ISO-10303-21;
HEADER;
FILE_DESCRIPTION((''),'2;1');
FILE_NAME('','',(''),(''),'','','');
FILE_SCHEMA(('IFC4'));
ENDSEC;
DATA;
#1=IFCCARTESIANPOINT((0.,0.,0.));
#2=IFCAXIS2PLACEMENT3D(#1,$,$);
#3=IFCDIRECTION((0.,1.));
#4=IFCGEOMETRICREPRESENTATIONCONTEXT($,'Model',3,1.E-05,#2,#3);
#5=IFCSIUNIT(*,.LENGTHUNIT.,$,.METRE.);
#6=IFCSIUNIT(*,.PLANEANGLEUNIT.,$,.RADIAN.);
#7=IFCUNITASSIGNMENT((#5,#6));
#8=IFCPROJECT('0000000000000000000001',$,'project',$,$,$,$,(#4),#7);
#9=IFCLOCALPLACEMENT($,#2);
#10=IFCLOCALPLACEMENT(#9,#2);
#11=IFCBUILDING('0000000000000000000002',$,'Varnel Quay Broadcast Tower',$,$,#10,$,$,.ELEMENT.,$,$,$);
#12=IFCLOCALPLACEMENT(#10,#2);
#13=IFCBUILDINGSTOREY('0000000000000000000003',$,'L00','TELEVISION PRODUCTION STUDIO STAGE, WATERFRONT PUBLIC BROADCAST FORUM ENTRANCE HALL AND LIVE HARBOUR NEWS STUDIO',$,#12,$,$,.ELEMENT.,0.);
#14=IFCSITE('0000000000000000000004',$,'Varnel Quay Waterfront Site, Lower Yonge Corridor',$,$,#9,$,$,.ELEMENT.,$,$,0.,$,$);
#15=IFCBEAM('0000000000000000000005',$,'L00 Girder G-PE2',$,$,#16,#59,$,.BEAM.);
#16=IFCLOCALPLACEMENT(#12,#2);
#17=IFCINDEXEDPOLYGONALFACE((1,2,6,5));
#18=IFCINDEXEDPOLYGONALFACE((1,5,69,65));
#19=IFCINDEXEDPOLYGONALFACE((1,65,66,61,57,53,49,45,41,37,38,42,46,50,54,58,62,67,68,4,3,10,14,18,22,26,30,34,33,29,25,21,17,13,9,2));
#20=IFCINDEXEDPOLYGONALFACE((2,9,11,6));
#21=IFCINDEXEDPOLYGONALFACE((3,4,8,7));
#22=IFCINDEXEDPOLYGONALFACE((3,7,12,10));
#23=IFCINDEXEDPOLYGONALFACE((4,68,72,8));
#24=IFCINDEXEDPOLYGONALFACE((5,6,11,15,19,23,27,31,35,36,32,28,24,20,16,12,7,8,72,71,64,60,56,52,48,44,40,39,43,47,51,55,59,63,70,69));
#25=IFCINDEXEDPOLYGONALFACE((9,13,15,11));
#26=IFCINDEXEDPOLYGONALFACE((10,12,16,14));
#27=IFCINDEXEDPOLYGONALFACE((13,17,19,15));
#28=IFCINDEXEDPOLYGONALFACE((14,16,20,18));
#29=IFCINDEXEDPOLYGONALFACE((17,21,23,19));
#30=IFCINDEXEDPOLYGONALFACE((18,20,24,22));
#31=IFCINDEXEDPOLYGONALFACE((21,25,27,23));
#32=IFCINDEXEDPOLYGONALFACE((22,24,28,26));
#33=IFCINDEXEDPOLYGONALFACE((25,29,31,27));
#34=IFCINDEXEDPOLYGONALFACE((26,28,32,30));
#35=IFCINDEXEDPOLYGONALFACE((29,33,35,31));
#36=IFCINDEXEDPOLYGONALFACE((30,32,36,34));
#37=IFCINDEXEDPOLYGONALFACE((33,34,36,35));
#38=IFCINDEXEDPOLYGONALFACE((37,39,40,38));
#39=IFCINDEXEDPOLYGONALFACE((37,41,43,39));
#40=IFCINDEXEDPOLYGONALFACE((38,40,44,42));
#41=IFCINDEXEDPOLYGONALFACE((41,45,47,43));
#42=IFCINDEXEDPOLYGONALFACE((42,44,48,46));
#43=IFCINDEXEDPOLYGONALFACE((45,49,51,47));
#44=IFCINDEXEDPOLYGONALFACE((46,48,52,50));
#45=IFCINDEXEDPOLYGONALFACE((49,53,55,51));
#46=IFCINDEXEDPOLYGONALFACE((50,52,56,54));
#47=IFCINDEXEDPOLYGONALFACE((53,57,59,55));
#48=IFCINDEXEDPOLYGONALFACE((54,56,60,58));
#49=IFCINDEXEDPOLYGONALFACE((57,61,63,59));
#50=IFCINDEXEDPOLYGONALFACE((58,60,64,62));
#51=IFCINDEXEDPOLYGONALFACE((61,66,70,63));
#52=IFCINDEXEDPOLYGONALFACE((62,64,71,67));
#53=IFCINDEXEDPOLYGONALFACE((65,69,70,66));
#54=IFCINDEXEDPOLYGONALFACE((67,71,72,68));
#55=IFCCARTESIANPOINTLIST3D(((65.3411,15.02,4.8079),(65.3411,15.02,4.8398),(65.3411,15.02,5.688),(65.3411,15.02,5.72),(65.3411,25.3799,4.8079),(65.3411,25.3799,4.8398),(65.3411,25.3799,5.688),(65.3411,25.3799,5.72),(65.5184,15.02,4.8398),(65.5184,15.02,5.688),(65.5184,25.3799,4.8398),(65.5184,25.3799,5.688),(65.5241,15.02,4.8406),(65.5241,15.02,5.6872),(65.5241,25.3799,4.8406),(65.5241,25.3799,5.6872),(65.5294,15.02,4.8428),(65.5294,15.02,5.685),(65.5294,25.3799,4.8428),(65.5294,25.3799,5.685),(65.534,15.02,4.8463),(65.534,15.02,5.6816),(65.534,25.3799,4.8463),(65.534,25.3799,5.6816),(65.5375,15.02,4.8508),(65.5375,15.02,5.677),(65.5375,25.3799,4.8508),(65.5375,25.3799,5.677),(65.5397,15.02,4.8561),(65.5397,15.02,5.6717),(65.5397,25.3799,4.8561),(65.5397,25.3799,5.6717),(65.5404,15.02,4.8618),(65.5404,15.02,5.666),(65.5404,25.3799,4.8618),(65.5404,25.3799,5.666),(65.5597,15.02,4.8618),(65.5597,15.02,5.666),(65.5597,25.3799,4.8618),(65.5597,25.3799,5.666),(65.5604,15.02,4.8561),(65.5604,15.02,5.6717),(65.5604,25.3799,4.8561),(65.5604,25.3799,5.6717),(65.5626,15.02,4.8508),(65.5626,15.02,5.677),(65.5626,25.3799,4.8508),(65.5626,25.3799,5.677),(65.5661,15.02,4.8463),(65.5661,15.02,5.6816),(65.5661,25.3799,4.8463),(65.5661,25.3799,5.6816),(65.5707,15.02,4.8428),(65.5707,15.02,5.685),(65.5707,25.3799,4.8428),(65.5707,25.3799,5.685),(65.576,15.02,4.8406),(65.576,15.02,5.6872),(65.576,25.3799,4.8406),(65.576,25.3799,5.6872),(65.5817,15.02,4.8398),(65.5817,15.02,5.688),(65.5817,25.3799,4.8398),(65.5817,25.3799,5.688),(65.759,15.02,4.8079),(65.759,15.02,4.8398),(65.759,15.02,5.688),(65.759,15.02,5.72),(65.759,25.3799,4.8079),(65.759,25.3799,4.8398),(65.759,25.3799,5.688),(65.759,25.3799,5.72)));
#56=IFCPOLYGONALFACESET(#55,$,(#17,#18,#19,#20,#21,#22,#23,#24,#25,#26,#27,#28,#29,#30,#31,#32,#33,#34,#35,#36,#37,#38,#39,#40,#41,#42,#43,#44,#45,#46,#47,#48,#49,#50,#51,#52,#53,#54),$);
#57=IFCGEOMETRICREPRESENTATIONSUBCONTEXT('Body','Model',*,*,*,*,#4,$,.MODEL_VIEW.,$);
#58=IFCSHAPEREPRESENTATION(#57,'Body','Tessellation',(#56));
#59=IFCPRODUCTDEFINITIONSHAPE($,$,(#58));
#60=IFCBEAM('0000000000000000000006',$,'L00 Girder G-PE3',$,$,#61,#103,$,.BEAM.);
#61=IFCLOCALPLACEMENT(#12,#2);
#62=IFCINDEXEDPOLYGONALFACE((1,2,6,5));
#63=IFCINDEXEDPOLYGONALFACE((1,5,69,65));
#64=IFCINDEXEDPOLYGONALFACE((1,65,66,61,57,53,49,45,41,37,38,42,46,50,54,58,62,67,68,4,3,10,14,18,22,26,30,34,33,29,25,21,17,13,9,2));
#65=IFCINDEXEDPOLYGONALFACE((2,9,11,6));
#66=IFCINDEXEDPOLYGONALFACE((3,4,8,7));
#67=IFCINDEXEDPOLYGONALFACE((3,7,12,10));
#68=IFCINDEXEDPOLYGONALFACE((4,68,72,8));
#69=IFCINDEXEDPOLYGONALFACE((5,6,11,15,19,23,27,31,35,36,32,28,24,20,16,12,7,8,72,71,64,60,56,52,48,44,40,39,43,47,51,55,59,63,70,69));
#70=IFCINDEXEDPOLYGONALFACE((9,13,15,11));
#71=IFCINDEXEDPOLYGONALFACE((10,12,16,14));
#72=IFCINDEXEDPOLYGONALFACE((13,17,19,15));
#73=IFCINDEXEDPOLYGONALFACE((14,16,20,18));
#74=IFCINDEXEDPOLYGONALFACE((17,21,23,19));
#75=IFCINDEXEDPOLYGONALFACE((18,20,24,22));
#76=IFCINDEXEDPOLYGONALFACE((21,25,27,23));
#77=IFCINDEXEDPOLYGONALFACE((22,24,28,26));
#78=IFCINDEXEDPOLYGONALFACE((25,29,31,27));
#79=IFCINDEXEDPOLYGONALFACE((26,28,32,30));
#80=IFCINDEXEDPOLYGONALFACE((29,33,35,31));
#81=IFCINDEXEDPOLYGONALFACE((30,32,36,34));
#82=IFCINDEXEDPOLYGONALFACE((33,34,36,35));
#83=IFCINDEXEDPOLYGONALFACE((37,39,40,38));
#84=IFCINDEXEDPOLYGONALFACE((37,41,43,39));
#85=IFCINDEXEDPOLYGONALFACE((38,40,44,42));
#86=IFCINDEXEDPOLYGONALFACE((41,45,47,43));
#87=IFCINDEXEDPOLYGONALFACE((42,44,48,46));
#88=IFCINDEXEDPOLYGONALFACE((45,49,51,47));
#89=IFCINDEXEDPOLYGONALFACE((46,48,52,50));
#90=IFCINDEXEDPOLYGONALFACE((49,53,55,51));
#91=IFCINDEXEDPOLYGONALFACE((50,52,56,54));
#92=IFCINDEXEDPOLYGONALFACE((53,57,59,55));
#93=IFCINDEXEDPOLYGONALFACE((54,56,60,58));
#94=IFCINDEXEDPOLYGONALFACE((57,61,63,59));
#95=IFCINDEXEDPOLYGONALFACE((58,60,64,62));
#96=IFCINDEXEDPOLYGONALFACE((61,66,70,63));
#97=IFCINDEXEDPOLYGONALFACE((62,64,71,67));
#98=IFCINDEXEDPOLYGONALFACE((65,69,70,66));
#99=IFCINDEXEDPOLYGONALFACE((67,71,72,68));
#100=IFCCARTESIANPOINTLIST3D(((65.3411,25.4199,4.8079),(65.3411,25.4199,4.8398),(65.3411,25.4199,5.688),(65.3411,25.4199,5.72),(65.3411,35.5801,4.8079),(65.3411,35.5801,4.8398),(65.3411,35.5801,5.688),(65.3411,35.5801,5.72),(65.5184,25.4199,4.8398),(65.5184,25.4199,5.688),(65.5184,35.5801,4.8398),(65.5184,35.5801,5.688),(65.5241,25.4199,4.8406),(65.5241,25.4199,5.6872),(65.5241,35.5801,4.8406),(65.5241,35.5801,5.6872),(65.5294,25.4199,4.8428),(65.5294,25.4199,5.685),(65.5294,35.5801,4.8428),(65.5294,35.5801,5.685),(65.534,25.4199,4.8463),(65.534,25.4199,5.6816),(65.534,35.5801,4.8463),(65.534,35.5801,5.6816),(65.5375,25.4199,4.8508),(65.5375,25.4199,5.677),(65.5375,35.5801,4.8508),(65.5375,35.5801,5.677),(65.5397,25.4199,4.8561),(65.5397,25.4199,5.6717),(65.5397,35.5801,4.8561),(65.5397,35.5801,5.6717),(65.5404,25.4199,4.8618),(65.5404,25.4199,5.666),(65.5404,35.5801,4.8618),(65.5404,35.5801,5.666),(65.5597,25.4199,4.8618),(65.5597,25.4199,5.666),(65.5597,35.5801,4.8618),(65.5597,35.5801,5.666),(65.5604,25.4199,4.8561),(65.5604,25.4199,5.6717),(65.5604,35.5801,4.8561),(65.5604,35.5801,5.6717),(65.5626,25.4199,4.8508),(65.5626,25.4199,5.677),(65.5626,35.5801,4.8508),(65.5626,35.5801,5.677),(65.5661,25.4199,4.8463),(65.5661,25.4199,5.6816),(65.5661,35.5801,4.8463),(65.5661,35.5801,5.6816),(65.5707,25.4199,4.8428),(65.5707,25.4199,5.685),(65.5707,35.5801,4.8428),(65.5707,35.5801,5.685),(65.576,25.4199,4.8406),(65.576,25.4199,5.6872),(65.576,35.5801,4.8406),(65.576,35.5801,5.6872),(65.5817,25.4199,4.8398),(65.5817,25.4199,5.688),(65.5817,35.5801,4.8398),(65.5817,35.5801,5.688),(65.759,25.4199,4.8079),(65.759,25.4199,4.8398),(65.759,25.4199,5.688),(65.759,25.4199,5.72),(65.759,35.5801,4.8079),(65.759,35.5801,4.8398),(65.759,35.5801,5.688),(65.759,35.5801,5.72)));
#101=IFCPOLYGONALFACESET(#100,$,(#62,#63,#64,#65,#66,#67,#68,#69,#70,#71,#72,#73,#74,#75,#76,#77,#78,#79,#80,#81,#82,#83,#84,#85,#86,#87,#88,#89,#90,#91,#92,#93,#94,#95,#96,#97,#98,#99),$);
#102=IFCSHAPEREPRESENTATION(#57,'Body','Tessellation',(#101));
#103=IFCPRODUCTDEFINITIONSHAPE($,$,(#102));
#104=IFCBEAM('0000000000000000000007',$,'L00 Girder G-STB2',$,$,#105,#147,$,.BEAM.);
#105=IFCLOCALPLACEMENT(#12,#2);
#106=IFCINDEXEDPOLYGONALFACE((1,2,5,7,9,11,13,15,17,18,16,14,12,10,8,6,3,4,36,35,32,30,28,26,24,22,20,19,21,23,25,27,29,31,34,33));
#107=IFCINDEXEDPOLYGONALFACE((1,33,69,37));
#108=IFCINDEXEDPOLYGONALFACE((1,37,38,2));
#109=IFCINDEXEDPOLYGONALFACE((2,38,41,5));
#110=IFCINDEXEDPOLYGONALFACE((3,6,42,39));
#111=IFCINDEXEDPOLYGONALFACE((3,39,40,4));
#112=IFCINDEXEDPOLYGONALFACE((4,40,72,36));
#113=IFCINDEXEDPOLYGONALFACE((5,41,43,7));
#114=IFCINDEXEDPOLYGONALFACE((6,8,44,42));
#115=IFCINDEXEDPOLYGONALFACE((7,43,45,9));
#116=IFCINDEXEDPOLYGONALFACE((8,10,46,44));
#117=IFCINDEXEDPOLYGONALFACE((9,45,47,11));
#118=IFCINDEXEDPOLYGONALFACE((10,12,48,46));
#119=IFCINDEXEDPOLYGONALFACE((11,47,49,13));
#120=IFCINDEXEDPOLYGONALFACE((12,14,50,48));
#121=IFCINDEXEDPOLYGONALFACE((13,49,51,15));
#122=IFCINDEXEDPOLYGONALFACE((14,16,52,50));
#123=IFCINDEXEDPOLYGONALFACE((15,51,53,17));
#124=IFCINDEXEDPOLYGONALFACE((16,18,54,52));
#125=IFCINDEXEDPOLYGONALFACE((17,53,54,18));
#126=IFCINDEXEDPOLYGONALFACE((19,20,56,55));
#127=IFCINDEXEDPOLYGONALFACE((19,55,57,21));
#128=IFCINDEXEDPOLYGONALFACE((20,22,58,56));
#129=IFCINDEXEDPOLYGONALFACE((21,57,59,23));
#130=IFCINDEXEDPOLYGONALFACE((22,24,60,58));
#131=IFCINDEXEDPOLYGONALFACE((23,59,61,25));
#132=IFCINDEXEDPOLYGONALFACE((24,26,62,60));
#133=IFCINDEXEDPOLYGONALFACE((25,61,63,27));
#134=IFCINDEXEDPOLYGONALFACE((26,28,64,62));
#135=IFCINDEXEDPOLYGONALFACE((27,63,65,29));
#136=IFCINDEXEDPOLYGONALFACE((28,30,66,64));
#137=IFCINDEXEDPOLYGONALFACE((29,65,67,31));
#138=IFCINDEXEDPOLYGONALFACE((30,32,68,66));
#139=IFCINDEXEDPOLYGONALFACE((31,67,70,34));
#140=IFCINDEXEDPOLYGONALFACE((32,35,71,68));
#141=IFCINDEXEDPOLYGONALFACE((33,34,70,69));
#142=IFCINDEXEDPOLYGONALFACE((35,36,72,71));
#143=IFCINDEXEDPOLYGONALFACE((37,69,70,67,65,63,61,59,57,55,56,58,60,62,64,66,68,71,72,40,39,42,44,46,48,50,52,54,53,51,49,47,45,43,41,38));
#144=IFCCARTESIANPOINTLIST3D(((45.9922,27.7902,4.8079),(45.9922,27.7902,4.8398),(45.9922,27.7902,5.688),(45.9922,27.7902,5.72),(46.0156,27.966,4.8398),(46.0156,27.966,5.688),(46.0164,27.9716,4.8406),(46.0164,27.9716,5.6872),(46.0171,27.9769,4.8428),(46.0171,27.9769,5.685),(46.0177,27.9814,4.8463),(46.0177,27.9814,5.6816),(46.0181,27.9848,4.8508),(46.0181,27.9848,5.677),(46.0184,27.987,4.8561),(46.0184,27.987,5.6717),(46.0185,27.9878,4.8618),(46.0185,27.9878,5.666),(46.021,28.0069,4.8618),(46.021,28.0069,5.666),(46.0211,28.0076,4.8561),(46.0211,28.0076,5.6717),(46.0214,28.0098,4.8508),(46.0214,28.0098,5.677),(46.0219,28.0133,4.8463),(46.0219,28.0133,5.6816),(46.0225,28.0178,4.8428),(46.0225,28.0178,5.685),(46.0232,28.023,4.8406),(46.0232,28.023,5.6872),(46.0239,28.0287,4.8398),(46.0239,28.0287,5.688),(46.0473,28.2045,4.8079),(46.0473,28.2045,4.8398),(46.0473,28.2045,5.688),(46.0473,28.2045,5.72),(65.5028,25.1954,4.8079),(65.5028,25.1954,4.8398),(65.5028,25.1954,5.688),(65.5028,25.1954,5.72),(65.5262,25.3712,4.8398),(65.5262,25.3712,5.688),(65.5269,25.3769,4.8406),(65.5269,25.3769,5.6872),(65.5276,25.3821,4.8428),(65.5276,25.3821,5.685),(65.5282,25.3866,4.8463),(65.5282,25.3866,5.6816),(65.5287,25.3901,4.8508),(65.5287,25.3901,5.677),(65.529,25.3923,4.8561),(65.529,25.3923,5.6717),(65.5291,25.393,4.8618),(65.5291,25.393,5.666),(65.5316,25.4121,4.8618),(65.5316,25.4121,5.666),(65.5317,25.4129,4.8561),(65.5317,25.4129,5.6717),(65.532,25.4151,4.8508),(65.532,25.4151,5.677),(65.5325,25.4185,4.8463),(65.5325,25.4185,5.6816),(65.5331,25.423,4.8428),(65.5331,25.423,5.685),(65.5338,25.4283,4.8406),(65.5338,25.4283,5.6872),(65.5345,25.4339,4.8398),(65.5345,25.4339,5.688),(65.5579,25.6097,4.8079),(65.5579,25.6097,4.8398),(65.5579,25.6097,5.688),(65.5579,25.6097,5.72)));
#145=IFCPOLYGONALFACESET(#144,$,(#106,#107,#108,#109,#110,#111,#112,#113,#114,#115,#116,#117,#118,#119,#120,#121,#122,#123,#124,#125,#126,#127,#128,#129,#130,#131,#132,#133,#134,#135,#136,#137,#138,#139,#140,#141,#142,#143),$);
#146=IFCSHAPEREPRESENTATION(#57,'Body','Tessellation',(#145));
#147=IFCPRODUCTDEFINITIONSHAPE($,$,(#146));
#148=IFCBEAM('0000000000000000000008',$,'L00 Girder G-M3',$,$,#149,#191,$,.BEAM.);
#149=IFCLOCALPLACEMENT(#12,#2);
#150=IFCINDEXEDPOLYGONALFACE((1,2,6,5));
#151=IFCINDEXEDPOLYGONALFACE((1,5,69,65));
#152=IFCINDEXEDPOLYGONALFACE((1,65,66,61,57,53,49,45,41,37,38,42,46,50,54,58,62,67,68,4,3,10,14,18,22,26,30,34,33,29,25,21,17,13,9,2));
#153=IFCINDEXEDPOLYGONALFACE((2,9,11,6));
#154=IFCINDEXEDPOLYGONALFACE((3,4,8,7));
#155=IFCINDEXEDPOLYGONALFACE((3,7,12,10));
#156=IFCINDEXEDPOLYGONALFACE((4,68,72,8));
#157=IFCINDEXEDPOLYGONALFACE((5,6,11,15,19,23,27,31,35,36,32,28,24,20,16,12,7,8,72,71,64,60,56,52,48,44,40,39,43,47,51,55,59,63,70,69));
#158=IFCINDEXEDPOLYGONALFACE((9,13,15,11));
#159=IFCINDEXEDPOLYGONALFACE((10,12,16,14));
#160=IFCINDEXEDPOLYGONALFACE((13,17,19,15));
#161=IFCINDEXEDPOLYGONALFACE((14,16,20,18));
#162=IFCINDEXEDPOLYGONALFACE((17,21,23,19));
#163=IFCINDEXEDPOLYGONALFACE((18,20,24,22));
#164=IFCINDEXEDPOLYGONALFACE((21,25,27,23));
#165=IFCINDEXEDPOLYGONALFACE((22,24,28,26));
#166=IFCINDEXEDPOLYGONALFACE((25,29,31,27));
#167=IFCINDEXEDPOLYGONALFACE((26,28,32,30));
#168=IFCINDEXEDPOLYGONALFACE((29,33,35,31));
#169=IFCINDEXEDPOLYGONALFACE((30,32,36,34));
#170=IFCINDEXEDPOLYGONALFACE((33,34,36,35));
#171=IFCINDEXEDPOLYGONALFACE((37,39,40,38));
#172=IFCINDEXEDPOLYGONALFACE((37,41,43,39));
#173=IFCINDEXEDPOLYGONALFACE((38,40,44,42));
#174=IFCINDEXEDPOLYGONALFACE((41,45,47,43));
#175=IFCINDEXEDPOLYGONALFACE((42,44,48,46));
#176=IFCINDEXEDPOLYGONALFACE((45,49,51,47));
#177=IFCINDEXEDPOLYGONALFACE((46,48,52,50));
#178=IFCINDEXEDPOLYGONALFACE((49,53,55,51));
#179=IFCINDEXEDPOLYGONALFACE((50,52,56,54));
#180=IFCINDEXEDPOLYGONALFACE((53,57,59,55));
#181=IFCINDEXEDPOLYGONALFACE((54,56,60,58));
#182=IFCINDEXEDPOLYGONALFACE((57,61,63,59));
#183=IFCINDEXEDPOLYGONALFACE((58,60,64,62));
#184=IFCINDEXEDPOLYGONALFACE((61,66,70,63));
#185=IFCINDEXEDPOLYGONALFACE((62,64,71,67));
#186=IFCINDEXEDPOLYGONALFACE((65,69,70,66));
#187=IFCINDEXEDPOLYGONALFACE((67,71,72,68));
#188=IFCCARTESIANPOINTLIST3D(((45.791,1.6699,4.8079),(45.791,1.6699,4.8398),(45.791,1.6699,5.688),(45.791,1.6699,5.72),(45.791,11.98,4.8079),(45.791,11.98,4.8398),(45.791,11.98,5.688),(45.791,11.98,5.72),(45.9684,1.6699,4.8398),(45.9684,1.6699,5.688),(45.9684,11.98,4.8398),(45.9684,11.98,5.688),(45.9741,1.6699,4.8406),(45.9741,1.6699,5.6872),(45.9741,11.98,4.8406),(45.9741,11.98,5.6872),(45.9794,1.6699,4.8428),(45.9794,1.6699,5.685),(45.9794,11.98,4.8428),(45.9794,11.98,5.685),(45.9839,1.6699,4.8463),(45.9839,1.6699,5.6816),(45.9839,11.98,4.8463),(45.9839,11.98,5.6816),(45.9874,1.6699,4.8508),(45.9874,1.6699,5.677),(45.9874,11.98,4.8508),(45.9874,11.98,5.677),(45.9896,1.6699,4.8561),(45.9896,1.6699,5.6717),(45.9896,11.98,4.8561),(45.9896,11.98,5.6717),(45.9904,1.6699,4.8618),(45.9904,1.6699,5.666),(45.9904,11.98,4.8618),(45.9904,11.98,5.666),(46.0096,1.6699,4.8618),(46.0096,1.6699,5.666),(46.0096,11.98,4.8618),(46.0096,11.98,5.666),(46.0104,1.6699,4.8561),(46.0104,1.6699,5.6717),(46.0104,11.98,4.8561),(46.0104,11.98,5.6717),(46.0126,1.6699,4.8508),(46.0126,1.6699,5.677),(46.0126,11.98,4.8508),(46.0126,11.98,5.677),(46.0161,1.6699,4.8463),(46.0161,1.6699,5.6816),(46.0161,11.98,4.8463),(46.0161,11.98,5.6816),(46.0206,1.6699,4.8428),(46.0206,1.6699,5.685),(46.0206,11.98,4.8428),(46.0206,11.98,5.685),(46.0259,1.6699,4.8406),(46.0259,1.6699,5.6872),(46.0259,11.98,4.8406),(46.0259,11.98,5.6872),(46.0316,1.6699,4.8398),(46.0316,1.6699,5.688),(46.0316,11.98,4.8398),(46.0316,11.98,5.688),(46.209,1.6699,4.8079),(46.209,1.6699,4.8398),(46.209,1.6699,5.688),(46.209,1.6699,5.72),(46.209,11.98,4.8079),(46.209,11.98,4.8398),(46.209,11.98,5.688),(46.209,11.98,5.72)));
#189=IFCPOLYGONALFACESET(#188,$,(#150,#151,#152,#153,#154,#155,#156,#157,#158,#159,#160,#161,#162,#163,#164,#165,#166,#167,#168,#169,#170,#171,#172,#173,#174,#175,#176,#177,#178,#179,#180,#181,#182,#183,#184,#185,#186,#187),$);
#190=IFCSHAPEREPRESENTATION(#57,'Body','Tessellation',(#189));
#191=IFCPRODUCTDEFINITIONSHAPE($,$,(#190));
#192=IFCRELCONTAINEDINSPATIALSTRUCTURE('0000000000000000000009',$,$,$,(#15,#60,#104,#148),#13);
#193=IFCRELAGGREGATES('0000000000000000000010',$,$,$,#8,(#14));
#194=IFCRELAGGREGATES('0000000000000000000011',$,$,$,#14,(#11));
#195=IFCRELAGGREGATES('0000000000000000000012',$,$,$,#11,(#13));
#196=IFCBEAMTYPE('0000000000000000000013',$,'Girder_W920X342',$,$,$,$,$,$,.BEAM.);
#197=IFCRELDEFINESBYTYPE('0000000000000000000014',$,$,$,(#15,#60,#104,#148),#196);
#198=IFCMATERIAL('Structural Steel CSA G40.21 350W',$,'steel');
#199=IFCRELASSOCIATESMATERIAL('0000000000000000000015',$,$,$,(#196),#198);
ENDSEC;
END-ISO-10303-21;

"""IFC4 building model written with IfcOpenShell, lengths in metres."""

from ifc_helpers import new_model, si_unit, direction, frame, origin, origin_2d, place, context, subcontext, project, spatial, i_section, extrude, source, transform, mapped, material, material_profile, profile_set, type_object, element, save


model = new_model("IFC4")

# Units and contexts
model_context = context("Model", 3, precision=1e-05, world=origin(), true_north=direction((0.0, 1.0)))
body_context = subcontext(model_context, "Body", "Model", "MODEL_VIEW")
ifc_project = project(units=[si_unit("LENGTHUNIT", "METRE"), si_unit("PLANEANGLEUNIT", "RADIAN")], contexts=[model_context])

# Site, building, storey
site_placement = place(None, origin())
site = spatial("IfcSite", under=ifc_project, at=site_placement, Name="Varnel Quay Waterfront Site, Lower Yonge Corridor", CompositionType="ELEMENT", RefElevation=0.0)
building_placement = place(site_placement, origin())
building = spatial("IfcBuilding", under=site, at=building_placement, Name="Varnel Quay Broadcast Tower", CompositionType="ELEMENT")
storey_placement = place(building_placement, origin())
storey = spatial("IfcBuildingStorey", under=building, at=storey_placement, Name="L00", Description="TELEVISION PRODUCTION STUDIO STAGE, WATERFRONT PUBLIC BROADCAST FORUM ENTRANCE HALL AND LIVE HARBOUR NEWS STUDIO", CompositionType="ELEMENT", Elevation=0.0)

# Shared definitions
ifc_material_1 = material(Name="Structural Steel CSA G40.21 350W", Category="steel")

# Beams
ifc_material_profile_1 = material_profile(ifc_material_1, i_section(OverallWidth=0.418, OverallDepth=0.9121, WebThickness=0.0193, FlangeThickness=0.032, FilletRadius=0.022, at=origin_2d()), Name="W920X342")
ifc_profile_set_1 = profile_set([ifc_material_profile_1], Name="Structural Steel CSA G40.21 350W")
beam_type = type_object("IfcBeamType", Name="Girder_W920X342", PredefinedType="BEAM", material=ifc_profile_set_1)
shared_shape_1 = source(origin(), body_context, "Body", "SweptSolid", [
    extrude(i_section(OverallWidth=0.418, OverallDepth=0.9121, WebThickness=0.0193, FlangeThickness=0.032, FilletRadius=0.022, at=origin_2d()), origin(), (0.0, 0.0, 1.0), 10.3599),
])
beam_1_placement = place(storey_placement, frame((65.55, 15.02, 5.2639), z_axis=(0.0, 1.0, 0.0), x_axis=(-1.0, 0.0, 0.0)))
element("IfcBeam", 1, at=beam_1_placement, inside=storey, type_object=beam_type, Name="L00 Girder G-PE2", PredefinedType="BEAM", context=body_context, shape_type="MappedRepresentation", body=[
    mapped(shared_shape_1, transform((0.0, 0.0, 0.0), x_axis=(1.0, 0.0, 0.0), y_axis=(0.0, 1.0, 0.0), z_axis=(0.0, 0.0, 1.0), scale=1.0)),
])
shared_shape_2 = source(origin(), body_context, "Body", "SweptSolid", [
    extrude(i_section(OverallWidth=0.418, OverallDepth=0.9121, WebThickness=0.0193, FlangeThickness=0.032, FilletRadius=0.022, at=origin_2d()), origin(), (0.0, 0.0, 1.0), 10.1602),
])
beam_2_placement = place(storey_placement, frame((65.55, 25.4199, 5.2639), z_axis=(0.0, 1.0, 0.0), x_axis=(-1.0, 0.0, 0.0)))
element("IfcBeam", 2, at=beam_2_placement, inside=storey, type_object=beam_type, Name="L00 Girder G-PE3", PredefinedType="BEAM", context=body_context, shape_type="MappedRepresentation", body=[
    mapped(shared_shape_2, transform((0.0, 0.0, 0.0), x_axis=(1.0, 0.0, 0.0), y_axis=(0.0, 1.0, 0.0), z_axis=(0.0, 0.0, 1.0), scale=1.0)),
])
shared_shape_3 = source(origin(), body_context, "Body", "SweptSolid", [
    extrude(i_section(OverallWidth=0.418, OverallDepth=0.9121, WebThickness=0.0193, FlangeThickness=0.032, FilletRadius=0.022, at=origin_2d()), origin(), (0.0, 0.0, 1.0), 19.6824),
])
beam_3_placement = place(storey_placement, frame((46.0198, 27.9973, 5.2639), z_axis=(0.991272, -0.131831, 0.0), x_axis=(0.131831, 0.991272, 0.0)))
element("IfcBeam", 3, at=beam_3_placement, inside=storey, type_object=beam_type, Name="L00 Girder G-STB2", PredefinedType="BEAM", context=body_context, shape_type="MappedRepresentation", body=[
    mapped(shared_shape_3, transform((0.0, 0.0, 0.0), x_axis=(1.0, 0.0, 0.0), y_axis=(0.0, 1.0, 0.0), z_axis=(0.0, 0.0, 1.0), scale=1.0)),
])
shared_shape_4 = source(origin(), body_context, "Body", "SweptSolid", [
    extrude(i_section(OverallWidth=0.418, OverallDepth=0.9121, WebThickness=0.0193, FlangeThickness=0.032, FilletRadius=0.022, at=origin_2d()), origin(), (0.0, 0.0, 1.0), 10.3101),
])
beam_4_placement = place(storey_placement, frame((46.0, 1.6699, 5.2639), z_axis=(0.0, 1.0, 0.0), x_axis=(-1.0, 0.0, 0.0)))
element("IfcBeam", 4, at=beam_4_placement, inside=storey, type_object=beam_type, Name="L00 Girder G-M3", PredefinedType="BEAM", context=body_context, shape_type="MappedRepresentation", body=[
    mapped(shared_shape_4, transform((0.0, 0.0, 0.0), x_axis=(1.0, 0.0, 0.0), y_axis=(0.0, 1.0, 0.0), z_axis=(0.0, 0.0, 1.0), scale=1.0)),
])

save(model, "model.ifc")
